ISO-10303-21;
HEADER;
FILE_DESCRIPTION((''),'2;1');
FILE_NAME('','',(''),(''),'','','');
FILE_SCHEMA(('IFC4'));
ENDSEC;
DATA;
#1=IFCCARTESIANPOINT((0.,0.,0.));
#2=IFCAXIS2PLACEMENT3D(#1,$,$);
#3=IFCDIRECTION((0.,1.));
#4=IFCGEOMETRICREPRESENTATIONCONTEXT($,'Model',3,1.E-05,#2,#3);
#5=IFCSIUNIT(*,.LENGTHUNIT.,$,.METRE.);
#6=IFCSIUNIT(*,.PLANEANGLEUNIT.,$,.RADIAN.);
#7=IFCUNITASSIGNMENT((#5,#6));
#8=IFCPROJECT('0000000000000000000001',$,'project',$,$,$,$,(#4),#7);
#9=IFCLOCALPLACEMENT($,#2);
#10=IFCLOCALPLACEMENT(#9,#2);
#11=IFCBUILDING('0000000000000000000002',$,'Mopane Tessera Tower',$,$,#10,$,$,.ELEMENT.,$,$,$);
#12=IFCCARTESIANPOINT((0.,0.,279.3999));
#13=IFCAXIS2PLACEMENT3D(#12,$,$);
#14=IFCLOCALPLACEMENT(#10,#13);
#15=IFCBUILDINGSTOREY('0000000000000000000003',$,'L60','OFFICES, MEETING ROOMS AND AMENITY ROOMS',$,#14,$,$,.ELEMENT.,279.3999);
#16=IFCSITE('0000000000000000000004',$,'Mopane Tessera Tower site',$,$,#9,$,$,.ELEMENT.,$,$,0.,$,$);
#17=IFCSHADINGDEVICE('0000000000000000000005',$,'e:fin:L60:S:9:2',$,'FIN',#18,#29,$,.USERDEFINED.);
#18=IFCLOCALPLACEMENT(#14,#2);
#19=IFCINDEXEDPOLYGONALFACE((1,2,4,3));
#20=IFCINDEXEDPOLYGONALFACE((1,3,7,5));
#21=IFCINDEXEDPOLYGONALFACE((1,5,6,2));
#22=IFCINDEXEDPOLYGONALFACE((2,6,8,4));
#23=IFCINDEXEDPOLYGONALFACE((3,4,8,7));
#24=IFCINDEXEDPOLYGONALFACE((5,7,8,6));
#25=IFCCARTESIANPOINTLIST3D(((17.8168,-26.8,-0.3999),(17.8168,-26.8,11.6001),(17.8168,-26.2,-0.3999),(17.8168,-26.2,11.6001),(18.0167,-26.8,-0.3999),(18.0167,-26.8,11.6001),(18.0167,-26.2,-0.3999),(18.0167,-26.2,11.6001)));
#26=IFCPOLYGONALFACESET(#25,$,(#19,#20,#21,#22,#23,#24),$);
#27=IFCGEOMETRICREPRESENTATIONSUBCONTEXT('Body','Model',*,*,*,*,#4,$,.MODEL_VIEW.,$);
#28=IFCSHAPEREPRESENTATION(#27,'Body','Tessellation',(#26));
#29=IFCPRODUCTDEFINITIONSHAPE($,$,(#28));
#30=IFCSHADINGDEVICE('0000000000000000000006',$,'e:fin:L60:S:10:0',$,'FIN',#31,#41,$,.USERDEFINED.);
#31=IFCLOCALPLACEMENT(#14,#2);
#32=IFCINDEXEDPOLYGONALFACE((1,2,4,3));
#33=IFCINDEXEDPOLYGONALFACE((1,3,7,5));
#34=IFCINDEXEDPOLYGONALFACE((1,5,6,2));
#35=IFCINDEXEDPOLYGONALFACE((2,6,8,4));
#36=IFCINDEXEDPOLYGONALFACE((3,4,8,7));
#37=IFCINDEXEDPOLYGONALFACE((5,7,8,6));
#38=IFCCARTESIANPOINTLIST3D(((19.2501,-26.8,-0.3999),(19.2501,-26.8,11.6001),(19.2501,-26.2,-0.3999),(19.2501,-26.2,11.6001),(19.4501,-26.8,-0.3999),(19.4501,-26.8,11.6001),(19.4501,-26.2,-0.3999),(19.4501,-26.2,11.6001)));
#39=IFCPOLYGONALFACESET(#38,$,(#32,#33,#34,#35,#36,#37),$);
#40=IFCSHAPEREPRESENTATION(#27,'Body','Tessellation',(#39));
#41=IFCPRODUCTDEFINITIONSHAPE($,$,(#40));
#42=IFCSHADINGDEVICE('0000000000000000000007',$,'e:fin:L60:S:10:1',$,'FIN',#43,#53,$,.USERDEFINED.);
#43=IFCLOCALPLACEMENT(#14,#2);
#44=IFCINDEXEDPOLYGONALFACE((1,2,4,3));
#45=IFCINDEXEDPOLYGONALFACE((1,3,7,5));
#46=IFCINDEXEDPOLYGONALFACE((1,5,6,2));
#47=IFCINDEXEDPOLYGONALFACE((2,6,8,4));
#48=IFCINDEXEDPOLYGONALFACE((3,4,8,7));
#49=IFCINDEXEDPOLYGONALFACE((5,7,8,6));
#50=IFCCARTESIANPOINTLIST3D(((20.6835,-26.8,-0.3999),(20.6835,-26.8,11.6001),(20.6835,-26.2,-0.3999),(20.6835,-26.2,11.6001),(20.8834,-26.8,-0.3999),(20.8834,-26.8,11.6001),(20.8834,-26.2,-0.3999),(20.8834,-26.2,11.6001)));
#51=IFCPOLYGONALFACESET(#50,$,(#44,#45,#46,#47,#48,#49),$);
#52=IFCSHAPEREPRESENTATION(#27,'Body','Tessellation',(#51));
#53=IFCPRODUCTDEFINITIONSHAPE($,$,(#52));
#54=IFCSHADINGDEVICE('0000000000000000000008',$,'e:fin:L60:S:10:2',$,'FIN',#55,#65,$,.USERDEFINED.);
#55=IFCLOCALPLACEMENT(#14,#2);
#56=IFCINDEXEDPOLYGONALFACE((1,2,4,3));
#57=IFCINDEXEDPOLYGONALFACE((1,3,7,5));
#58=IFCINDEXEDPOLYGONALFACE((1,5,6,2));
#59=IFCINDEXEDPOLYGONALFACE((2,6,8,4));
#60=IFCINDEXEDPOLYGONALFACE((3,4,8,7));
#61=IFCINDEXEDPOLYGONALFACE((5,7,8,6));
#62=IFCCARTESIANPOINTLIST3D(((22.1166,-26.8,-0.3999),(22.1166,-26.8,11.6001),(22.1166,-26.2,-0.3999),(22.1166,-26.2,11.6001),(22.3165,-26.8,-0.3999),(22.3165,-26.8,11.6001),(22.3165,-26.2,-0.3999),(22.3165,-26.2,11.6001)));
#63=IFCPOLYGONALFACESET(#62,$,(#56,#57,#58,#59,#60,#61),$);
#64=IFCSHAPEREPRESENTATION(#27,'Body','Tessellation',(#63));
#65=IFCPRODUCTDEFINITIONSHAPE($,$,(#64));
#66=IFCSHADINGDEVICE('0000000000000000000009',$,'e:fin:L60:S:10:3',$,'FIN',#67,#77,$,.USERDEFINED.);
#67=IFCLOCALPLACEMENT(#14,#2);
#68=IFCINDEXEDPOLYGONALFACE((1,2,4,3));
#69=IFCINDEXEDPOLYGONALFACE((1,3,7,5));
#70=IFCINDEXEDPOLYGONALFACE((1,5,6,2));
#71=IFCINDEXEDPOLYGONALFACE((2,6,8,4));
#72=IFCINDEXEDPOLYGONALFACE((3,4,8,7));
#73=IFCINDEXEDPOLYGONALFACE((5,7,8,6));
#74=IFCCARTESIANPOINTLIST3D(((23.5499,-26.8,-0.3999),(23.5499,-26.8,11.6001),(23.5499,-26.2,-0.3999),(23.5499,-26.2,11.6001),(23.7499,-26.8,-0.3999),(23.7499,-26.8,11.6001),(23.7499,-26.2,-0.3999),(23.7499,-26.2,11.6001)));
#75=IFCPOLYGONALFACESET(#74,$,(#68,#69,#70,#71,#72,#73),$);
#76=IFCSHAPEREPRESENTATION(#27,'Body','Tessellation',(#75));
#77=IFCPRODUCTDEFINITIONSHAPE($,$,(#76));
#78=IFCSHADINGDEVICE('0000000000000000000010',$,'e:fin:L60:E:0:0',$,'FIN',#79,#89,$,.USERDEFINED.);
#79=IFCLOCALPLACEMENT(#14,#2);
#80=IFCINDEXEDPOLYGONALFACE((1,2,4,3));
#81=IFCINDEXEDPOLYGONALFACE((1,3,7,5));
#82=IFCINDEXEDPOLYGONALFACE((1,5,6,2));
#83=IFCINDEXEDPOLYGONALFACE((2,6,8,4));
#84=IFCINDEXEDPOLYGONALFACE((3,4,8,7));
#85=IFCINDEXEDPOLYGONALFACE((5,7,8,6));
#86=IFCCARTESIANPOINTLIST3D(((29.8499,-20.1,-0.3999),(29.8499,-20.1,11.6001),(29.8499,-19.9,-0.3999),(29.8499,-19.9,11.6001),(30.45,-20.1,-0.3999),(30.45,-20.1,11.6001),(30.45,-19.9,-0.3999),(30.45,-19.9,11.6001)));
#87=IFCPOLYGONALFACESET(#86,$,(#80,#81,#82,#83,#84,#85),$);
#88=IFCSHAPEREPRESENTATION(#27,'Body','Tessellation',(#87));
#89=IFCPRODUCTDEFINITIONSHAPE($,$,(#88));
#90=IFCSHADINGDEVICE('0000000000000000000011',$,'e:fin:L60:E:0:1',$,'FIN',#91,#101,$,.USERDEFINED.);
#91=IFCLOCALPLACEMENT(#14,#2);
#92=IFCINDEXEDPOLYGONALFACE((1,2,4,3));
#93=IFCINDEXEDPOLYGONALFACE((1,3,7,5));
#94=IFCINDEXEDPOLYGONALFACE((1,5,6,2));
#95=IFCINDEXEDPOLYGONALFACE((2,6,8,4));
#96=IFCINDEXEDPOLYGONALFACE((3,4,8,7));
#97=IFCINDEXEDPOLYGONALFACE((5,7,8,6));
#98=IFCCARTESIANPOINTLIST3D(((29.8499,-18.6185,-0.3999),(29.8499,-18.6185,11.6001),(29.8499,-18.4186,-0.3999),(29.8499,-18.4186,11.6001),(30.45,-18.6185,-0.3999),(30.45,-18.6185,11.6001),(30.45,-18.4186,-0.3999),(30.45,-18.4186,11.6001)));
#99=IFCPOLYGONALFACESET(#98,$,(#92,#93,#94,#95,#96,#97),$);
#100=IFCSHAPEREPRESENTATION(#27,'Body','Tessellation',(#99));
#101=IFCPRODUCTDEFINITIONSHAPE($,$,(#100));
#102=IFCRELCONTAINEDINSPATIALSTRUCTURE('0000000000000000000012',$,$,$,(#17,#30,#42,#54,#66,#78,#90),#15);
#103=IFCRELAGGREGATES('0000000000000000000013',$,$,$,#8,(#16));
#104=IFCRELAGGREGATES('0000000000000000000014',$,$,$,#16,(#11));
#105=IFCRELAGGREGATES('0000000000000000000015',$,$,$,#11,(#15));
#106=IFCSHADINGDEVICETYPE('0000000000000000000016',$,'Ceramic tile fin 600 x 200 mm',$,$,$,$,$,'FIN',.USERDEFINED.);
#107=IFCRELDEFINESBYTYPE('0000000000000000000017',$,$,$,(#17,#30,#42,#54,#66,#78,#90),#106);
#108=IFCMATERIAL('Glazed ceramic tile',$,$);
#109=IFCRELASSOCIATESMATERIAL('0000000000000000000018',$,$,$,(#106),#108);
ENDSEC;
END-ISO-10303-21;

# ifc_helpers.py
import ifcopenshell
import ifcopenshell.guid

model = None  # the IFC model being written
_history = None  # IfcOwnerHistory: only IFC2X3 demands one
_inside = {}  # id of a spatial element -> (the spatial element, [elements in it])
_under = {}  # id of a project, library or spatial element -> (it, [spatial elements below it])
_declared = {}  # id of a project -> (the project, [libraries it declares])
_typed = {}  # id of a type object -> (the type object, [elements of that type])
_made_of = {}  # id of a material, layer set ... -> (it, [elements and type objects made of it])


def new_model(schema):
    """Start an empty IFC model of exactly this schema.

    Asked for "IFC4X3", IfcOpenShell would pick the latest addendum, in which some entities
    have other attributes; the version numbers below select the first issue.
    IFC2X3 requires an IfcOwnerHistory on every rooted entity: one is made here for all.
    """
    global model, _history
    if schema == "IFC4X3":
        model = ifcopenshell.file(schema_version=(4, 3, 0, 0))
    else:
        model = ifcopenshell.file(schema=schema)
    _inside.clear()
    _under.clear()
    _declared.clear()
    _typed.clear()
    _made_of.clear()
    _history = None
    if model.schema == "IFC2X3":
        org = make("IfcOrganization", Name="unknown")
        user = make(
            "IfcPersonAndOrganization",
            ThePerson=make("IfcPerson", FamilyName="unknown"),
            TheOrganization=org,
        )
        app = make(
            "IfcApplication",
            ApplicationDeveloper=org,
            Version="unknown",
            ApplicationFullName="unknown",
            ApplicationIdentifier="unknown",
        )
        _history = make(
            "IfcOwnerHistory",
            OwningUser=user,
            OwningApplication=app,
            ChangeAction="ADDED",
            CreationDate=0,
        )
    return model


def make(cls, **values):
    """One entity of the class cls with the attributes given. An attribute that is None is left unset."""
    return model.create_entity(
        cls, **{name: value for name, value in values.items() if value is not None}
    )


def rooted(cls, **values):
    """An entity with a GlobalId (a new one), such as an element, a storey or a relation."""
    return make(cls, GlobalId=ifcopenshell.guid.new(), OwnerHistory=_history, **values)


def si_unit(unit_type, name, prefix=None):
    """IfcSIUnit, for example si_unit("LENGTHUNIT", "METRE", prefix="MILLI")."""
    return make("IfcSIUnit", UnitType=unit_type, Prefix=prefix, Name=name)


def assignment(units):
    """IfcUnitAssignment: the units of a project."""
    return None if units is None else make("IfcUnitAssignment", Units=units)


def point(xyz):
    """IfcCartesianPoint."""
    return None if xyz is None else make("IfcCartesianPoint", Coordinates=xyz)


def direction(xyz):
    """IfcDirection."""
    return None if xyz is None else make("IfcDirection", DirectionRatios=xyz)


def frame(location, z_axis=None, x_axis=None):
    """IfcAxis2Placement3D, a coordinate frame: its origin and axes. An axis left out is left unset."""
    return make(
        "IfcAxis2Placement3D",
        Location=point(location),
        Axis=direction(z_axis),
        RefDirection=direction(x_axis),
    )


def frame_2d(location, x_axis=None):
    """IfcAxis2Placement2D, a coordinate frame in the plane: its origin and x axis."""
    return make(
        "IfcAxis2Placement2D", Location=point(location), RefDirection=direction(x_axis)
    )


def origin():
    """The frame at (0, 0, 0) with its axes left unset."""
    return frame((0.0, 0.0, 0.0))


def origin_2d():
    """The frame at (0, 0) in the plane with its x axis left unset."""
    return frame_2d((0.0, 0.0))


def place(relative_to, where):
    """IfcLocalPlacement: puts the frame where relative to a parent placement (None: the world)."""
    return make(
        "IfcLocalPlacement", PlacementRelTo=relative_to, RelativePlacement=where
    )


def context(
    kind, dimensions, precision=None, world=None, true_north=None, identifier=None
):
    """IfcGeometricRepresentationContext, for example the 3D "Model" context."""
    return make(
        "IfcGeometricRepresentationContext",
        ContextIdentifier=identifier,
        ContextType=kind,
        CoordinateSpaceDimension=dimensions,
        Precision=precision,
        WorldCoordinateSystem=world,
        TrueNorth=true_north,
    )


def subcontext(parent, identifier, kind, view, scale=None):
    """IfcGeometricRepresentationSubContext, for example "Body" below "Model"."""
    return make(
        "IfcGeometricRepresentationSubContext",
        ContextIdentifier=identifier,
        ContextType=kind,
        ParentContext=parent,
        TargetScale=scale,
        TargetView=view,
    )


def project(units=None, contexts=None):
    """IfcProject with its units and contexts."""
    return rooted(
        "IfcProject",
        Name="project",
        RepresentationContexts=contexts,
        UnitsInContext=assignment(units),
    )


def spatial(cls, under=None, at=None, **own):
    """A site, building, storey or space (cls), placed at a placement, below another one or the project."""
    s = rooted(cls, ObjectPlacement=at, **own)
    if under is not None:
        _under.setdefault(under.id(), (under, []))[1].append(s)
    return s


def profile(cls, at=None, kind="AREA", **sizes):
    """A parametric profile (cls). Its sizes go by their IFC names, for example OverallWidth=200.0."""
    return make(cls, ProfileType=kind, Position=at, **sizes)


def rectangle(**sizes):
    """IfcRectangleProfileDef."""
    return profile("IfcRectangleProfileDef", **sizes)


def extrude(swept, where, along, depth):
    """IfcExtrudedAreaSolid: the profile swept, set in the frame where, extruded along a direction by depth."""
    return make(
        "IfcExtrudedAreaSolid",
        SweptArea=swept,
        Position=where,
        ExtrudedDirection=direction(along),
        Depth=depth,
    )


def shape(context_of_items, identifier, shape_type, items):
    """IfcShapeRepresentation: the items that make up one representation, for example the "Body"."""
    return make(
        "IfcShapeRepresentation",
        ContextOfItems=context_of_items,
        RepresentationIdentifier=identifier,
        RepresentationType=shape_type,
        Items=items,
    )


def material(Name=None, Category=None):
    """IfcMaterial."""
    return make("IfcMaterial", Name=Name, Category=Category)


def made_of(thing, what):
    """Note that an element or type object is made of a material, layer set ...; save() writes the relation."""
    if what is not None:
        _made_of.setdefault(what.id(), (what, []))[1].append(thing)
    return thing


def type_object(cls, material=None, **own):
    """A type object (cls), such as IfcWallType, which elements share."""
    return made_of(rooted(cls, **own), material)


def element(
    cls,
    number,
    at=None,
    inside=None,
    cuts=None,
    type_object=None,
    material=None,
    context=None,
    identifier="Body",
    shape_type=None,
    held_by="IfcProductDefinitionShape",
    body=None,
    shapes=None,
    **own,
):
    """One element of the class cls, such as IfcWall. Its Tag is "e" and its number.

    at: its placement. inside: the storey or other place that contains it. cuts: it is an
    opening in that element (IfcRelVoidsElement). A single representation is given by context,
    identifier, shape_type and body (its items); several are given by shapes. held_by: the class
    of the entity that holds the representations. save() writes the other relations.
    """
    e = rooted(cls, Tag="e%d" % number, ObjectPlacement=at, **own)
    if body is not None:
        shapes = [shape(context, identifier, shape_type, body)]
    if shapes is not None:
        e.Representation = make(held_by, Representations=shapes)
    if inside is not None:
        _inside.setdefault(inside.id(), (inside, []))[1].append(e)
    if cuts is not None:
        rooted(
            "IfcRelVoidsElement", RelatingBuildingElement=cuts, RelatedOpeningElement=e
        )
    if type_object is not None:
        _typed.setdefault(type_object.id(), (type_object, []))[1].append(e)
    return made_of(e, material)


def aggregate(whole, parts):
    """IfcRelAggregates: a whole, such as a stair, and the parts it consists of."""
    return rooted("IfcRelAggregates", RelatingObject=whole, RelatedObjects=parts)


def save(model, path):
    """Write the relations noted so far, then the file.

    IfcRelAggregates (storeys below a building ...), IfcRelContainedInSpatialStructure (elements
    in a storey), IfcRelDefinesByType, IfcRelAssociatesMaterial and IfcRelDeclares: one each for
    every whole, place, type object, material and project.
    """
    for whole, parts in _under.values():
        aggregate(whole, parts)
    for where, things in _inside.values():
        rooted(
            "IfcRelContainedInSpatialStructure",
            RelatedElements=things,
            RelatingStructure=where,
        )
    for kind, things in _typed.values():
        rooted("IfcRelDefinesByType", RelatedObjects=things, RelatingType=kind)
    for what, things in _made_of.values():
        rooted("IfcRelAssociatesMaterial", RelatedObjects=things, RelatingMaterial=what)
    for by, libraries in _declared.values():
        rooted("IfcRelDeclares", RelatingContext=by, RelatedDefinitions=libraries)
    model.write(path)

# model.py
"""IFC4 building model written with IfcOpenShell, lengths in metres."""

from ifc_helpers import new_model, si_unit, direction, frame, origin, origin_2d, place, context, subcontext, project, spatial, rectangle, extrude, material, type_object, element, save


model = new_model("IFC4")

# Units and contexts
model_context = context("Model", 3, precision=1e-05, world=origin(), true_north=direction((0.0, 1.0)))
body_context = subcontext(model_context, "Body", "Model", "MODEL_VIEW")
ifc_project = project(units=[si_unit("LENGTHUNIT", "METRE"), si_unit("PLANEANGLEUNIT", "RADIAN")], contexts=[model_context])

# Site, building, storey
site_placement = place(None, origin())
site = spatial("IfcSite", under=ifc_project, at=site_placement, Name="Mopane Tessera Tower site", CompositionType="ELEMENT", RefElevation=0.0)
building_placement = place(site_placement, origin())
building = spatial("IfcBuilding", under=site, at=building_placement, Name="Mopane Tessera Tower", CompositionType="ELEMENT")
storey_placement = place(building_placement, frame((0.0, 0.0, 279.3999)))
storey = spatial("IfcBuildingStorey", under=building, at=storey_placement, Name="L60", Description="OFFICES, MEETING ROOMS AND AMENITY ROOMS", CompositionType="ELEMENT", Elevation=279.3999)

# Shading devices
ifc_material_1 = material(Name="Glazed ceramic tile")
shading_device_type = type_object("IfcShadingDeviceType", Name="Ceramic tile fin 600 x 200 mm", ElementType="FIN", PredefinedType="USERDEFINED", material=ifc_material_1)
for number, where, z_axis, x_axis, name in (
    (1, (17.9167, -26.5, -0.3999), (0.0, 0.0, 1.0), (1.0, 0.0, 0.0), "e:fin:L60:S:9:2"),
    (2, (19.3501, -26.5, -0.3999), (0.0, 0.0, 1.0), (1.0, 0.0, 0.0), "e:fin:L60:S:10:0"),
    (3, (20.7834, -26.5, -0.3999), (0.0, 0.0, 1.0), (1.0, 0.0, 0.0), "e:fin:L60:S:10:1"),
    (4, (22.2166, -26.5, -0.3999), (0.0, 0.0, 1.0), (1.0, 0.0, 0.0), "e:fin:L60:S:10:2"),
    (5, (23.6499, -26.5, -0.3999), (0.0, 0.0, 1.0), (1.0, 0.0, 0.0), "e:fin:L60:S:10:3"),
    (6, (30.1499, -20.0, -0.3999), (0.0, 0.0, 1.0), (0.0, 1.0, 0.0), "e:fin:L60:E:0:0"),
    (7, (30.1499, -18.5186, -0.3999), (0.0, 0.0, 1.0), (0.0, 1.0, 0.0), "e:fin:L60:E:0:1"),
):
    element("IfcShadingDevice", number, at=place(storey_placement, frame(where, z_axis=z_axis, x_axis=x_axis)), inside=storey, type_object=shading_device_type, Name=name, ObjectType="FIN", PredefinedType="USERDEFINED", context=body_context, shape_type="SweptSolid", body=[
        extrude(rectangle(XDim=0.2, YDim=0.6001, at=origin_2d()), origin(), (0.0, 0.0, 1.0), 12.0),
    ])

save(model, "model.ifc")
